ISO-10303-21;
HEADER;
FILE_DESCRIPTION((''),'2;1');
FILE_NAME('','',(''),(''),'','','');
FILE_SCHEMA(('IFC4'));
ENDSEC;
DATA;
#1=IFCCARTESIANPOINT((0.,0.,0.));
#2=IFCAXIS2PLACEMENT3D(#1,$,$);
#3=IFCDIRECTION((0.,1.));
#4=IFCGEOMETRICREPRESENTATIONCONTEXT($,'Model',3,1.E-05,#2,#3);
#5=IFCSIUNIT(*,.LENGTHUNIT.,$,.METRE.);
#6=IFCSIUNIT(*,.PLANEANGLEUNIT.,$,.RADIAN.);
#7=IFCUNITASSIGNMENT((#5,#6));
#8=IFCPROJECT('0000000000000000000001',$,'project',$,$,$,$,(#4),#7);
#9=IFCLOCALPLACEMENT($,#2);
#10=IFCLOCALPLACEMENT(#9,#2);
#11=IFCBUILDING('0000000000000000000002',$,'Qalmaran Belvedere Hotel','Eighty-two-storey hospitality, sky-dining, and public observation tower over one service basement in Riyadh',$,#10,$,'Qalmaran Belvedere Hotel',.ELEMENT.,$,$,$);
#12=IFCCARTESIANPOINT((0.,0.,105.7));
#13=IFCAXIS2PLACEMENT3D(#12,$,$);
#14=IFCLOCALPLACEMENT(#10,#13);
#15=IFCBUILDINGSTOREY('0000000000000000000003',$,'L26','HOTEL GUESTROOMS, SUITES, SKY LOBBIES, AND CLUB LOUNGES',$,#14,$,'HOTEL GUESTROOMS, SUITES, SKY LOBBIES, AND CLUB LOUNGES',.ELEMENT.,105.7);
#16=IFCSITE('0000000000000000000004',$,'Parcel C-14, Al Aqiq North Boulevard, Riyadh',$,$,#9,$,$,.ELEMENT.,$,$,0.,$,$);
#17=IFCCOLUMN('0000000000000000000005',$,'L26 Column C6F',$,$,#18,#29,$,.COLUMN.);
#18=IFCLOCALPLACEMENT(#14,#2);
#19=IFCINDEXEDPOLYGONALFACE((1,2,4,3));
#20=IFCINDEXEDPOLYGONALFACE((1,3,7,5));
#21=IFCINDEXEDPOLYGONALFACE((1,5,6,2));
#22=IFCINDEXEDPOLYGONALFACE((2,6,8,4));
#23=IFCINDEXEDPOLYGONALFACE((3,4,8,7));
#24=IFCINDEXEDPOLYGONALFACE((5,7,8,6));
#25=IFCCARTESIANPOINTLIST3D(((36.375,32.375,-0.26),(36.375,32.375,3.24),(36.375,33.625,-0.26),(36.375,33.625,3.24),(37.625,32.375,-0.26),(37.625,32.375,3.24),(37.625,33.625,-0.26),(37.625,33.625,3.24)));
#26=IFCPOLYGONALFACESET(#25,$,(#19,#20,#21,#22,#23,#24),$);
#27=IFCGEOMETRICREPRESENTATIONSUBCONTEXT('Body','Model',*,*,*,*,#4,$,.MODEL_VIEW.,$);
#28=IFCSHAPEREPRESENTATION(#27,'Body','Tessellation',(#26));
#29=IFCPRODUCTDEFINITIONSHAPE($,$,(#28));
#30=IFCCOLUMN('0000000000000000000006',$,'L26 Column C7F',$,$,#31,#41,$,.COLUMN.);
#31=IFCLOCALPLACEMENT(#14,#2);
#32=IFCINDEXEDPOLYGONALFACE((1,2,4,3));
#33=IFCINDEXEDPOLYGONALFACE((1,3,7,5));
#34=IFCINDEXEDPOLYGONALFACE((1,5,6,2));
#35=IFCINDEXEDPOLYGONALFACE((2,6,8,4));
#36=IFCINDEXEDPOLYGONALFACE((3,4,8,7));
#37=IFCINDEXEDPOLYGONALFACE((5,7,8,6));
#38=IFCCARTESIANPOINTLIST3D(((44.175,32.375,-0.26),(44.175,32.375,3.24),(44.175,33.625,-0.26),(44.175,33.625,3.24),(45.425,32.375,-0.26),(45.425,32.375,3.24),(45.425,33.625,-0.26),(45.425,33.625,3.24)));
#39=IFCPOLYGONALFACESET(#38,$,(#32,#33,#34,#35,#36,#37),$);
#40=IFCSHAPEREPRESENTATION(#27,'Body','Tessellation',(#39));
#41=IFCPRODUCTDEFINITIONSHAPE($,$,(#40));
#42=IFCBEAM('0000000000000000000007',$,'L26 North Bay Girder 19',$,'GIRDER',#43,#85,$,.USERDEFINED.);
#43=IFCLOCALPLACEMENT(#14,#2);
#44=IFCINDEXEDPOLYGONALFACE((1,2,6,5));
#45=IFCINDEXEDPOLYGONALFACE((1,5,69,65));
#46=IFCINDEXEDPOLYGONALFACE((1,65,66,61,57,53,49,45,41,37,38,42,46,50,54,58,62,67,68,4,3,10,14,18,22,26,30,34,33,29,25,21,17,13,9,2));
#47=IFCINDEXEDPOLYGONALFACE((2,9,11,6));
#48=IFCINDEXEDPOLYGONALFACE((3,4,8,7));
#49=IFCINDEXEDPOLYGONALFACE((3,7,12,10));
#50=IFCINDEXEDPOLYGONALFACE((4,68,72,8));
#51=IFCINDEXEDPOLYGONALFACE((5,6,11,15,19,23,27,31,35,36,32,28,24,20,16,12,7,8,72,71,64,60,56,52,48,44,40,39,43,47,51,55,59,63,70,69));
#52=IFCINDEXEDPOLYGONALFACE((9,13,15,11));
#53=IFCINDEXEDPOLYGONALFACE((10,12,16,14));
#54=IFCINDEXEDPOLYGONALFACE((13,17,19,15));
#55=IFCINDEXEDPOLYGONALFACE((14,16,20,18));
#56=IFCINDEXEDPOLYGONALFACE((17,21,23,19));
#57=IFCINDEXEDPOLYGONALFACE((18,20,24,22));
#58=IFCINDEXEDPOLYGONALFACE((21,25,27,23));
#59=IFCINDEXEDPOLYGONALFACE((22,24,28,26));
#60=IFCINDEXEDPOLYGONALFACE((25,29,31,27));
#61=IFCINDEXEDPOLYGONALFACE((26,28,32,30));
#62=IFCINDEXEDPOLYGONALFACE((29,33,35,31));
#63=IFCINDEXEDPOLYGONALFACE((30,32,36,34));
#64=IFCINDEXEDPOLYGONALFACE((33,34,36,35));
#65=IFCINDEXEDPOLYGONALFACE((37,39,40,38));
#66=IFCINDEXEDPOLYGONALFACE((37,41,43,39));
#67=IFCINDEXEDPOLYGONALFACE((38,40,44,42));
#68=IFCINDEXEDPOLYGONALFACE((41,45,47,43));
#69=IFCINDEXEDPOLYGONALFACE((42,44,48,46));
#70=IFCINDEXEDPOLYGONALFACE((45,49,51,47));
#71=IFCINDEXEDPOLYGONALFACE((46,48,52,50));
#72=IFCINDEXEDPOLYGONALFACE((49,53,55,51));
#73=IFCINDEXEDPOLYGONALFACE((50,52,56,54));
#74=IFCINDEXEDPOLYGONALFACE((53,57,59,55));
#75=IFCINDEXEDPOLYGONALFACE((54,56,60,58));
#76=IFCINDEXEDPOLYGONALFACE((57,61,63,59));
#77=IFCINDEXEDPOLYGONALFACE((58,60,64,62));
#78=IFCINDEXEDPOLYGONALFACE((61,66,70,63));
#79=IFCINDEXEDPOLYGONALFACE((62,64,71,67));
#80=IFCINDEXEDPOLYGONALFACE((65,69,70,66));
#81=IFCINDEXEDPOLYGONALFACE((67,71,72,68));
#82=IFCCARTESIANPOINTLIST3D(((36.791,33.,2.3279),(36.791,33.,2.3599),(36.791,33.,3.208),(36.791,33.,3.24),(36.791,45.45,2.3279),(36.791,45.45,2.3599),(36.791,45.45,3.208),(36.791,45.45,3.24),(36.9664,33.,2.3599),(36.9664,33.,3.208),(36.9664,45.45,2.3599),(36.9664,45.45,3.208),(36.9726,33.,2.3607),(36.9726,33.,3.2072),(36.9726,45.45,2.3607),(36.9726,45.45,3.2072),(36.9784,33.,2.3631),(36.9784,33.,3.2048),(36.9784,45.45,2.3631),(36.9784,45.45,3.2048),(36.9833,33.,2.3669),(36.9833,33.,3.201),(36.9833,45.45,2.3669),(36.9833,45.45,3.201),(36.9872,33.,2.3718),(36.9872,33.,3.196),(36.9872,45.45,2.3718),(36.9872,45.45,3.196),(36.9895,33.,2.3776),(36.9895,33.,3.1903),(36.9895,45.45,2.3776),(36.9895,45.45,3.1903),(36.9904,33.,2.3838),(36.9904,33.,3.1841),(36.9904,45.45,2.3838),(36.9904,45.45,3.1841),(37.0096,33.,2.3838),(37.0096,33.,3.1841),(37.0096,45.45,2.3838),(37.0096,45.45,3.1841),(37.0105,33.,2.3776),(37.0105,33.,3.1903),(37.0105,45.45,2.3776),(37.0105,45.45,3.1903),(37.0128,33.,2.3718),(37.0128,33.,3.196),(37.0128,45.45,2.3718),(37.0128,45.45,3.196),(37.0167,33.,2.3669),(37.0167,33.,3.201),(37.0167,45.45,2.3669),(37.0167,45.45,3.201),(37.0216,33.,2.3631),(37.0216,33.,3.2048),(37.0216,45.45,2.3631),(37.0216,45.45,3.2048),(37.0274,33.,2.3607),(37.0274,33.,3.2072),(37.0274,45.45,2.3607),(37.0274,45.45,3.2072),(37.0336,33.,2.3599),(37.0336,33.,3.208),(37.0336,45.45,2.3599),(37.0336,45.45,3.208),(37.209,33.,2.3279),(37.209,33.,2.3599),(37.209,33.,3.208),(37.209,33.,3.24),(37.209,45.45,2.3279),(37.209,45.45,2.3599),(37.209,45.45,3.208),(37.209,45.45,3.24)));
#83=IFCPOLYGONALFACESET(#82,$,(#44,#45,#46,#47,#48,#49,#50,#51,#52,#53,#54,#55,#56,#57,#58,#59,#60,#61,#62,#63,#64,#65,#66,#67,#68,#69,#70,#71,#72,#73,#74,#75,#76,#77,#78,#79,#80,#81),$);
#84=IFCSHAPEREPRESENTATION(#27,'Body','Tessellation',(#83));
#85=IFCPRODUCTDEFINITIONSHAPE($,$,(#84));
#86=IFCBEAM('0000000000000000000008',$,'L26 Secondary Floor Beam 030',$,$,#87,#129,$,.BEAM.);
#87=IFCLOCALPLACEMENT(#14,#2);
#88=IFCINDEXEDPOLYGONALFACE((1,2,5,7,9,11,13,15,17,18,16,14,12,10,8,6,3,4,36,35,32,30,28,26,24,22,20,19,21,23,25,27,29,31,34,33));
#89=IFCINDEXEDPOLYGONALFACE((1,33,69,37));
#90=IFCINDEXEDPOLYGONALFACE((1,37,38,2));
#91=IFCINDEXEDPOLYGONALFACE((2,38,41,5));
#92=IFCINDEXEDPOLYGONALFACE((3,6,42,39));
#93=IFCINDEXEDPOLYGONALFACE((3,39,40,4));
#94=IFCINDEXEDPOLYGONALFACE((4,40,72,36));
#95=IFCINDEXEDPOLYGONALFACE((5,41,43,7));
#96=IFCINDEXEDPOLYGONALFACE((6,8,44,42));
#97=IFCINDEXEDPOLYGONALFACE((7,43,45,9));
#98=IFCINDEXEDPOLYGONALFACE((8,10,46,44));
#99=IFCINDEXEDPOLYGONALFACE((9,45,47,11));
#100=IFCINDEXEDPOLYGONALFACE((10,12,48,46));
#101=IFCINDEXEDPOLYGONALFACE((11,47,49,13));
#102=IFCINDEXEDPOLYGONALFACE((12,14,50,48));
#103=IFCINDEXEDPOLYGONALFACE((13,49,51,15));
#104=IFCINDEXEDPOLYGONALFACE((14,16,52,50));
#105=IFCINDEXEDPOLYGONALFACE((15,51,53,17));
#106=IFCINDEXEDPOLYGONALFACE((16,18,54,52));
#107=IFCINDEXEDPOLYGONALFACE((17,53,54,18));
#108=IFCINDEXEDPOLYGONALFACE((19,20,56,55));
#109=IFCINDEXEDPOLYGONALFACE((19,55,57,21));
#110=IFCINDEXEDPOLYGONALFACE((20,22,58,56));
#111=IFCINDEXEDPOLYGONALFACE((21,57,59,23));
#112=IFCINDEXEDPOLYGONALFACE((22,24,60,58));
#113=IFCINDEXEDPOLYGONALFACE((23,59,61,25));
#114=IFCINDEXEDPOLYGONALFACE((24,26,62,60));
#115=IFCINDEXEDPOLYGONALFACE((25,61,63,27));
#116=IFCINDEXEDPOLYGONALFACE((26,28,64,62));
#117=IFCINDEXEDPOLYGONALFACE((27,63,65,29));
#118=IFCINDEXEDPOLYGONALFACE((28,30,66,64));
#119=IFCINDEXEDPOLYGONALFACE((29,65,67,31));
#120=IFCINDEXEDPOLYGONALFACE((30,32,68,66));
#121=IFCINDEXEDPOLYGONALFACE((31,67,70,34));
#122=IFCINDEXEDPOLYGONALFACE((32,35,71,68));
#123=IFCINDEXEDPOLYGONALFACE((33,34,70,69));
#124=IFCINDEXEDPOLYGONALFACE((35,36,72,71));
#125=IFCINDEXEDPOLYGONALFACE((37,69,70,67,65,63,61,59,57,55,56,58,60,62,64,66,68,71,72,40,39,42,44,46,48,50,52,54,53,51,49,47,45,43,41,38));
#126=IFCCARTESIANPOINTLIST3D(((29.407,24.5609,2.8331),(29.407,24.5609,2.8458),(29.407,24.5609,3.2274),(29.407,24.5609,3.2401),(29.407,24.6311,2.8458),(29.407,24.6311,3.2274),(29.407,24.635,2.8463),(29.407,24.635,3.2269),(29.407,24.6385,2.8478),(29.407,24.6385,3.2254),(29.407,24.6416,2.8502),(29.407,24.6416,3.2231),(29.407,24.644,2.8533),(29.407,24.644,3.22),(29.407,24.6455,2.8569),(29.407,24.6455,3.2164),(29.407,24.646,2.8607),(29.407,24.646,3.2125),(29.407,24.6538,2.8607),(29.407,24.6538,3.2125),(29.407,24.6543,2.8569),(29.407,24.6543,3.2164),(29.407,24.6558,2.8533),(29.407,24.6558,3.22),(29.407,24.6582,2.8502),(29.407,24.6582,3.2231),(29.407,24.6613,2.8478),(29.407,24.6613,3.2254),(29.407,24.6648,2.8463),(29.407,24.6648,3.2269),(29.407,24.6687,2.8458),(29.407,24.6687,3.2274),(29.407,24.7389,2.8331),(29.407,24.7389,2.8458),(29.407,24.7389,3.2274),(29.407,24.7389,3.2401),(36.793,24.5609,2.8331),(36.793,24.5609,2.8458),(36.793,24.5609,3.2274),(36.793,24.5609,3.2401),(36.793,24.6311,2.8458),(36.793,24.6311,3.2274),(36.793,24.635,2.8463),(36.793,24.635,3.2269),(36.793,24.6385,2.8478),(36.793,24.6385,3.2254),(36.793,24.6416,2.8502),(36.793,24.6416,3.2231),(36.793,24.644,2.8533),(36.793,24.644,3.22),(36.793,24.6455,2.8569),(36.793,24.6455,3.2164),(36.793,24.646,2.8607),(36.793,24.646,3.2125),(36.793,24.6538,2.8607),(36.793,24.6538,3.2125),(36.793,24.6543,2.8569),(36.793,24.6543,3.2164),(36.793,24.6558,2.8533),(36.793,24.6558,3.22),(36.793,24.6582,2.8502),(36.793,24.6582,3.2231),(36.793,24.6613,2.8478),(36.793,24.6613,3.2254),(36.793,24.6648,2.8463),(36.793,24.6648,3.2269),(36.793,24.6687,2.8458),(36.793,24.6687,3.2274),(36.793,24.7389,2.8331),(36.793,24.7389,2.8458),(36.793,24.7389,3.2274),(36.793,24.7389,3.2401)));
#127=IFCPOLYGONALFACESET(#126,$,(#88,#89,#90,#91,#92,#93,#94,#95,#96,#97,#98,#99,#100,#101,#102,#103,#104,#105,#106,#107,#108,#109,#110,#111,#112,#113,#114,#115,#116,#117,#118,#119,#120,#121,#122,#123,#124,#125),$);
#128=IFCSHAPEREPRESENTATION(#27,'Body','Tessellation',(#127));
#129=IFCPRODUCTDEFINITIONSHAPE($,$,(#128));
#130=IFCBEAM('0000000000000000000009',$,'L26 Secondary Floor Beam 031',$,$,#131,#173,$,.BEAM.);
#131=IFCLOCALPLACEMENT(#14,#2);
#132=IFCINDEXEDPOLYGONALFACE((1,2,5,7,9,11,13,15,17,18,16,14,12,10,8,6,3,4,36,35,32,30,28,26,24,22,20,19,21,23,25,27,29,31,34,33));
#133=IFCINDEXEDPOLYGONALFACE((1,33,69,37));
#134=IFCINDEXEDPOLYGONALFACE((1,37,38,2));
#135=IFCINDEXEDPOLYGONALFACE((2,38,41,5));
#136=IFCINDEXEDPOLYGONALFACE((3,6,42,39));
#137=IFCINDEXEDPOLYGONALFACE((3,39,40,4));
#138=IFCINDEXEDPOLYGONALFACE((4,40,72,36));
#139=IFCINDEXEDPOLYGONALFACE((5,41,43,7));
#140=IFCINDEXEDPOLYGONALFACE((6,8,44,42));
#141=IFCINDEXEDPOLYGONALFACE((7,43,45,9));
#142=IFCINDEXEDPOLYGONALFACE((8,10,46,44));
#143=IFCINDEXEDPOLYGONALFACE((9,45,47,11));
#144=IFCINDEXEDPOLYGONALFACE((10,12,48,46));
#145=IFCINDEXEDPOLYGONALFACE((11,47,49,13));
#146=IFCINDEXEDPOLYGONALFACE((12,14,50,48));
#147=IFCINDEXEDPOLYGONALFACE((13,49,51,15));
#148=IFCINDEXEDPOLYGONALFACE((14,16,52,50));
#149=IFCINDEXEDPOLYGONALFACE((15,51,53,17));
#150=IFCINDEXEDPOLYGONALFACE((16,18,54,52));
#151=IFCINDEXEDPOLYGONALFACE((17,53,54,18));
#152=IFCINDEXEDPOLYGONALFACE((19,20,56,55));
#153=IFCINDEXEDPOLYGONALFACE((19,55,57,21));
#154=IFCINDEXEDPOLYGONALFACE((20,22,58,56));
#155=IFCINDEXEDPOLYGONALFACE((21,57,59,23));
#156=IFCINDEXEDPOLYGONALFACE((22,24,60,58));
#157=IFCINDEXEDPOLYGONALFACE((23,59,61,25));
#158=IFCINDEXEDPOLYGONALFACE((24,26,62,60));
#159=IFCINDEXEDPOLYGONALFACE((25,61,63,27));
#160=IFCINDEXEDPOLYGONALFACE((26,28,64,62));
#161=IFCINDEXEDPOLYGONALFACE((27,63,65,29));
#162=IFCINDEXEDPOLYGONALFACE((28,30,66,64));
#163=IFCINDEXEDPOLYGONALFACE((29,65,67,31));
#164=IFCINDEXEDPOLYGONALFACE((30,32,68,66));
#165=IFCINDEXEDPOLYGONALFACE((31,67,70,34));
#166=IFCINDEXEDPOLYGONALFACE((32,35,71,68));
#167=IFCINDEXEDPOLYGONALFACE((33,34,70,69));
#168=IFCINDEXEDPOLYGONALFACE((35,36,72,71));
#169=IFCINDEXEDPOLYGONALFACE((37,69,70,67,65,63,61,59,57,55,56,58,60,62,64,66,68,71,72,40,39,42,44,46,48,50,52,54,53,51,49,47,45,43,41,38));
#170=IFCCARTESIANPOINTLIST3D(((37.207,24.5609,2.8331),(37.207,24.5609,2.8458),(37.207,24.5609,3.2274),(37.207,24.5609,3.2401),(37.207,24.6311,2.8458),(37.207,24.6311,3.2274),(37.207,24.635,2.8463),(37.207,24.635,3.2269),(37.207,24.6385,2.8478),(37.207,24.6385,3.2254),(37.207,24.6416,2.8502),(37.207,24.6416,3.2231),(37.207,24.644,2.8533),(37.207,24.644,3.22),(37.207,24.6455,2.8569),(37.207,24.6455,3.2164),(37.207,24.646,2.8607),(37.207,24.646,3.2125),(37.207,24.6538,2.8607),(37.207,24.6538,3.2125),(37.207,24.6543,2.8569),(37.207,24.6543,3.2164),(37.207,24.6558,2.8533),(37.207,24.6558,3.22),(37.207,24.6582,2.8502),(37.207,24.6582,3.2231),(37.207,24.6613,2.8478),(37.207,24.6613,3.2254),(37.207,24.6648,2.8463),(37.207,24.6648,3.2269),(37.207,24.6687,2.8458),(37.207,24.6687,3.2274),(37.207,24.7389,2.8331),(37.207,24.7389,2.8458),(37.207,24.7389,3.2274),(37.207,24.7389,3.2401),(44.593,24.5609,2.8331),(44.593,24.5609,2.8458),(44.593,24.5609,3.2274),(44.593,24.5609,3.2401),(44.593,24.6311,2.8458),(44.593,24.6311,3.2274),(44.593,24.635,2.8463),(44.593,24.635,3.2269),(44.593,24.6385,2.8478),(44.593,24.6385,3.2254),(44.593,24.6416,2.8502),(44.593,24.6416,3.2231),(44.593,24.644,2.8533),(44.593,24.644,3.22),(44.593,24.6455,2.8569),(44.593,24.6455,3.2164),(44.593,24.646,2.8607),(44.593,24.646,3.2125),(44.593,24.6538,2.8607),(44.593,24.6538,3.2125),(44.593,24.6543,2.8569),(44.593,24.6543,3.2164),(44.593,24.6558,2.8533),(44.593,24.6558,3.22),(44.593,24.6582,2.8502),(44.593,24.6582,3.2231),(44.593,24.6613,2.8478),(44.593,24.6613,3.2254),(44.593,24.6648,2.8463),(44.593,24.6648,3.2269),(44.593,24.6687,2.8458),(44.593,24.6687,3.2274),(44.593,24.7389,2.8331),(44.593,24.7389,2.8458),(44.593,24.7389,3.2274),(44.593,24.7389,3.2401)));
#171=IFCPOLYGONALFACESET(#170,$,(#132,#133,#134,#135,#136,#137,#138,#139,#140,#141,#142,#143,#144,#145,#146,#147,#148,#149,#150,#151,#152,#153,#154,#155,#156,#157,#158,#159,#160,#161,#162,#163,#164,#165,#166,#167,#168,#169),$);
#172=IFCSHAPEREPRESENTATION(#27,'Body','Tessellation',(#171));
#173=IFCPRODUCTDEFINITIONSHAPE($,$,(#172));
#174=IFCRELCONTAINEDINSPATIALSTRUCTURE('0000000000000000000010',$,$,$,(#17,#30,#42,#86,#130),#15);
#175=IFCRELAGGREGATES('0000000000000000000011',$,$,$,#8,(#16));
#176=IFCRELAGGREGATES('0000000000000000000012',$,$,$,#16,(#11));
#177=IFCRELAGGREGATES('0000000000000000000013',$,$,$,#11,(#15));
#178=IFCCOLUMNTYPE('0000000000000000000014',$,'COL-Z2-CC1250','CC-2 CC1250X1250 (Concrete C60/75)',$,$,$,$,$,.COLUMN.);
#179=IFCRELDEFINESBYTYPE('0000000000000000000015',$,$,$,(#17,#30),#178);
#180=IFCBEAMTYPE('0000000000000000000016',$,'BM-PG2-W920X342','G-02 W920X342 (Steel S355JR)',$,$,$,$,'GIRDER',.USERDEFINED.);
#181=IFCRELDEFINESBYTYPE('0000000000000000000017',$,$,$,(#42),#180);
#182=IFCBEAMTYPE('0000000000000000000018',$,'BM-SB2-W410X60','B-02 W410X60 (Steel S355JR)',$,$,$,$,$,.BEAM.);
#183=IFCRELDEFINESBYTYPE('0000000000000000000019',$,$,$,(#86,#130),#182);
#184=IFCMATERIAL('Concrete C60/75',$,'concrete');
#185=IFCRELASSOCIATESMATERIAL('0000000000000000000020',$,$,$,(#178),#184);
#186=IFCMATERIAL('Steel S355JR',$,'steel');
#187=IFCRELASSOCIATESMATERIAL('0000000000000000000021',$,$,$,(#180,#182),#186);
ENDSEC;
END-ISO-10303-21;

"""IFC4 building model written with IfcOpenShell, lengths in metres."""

from ifc_helpers import new_model, si_unit, direction, frame, origin, origin_2d, place, context, subcontext, project, spatial, rectangle, i_section, extrude, material, material_profile, profile_set, type_object, element, save


model = new_model("IFC4")

# Units and contexts
model_context = context("Model", 3, precision=1e-05, world=origin(), true_north=direction((0.0, 1.0)))
body_context = subcontext(model_context, "Body", "Model", "MODEL_VIEW")
ifc_project = project(units=[si_unit("LENGTHUNIT", "METRE"), si_unit("PLANEANGLEUNIT", "RADIAN")], contexts=[model_context])

# Site, building, storey
site_placement = place(None, origin())
site = spatial("IfcSite", under=ifc_project, at=site_placement, Name="Parcel C-14, Al Aqiq North Boulevard, Riyadh", CompositionType="ELEMENT", RefElevation=0.0)
building_placement = place(site_placement, origin())
building = spatial("IfcBuilding", under=site, at=building_placement, Name="Qalmaran Belvedere Hotel", Description="Eighty-two-storey hospitality, sky-dining, and public observation tower over one service basement in Riyadh", LongName="Qalmaran Belvedere Hotel", CompositionType="ELEMENT")
storey_placement = place(building_placement, frame((0.0, 0.0, 105.7)))
storey = spatial("IfcBuildingStorey", under=building, at=storey_placement, Name="L26", Description="HOTEL GUESTROOMS, SUITES, SKY LOBBIES, AND CLUB LOUNGES", LongName="HOTEL GUESTROOMS, SUITES, SKY LOBBIES, AND CLUB LOUNGES", CompositionType="ELEMENT", Elevation=105.7)

# Columns
ifc_material_1 = material(Name="Concrete C60/75", Category="concrete")
ifc_material_profile_1 = material_profile(ifc_material_1, rectangle(XDim=1.25, YDim=1.25, at=origin_2d()), Name="CC1250X1250")
ifc_profile_set_1 = profile_set([ifc_material_profile_1], Name="Concrete C60/75")
column_type = type_object("IfcColumnType", Name="COL-Z2-CC1250", Description="CC-2 CC1250X1250 (Concrete C60/75)", PredefinedType="COLUMN", material=ifc_profile_set_1)
for number, where, z_axis, x_axis, name in (
    (1, (37.0, 33.0, -0.26), (0.0, 0.0, 1.0), (1.0, 0.0, 0.0), "L26 Column C6F"),
    (2, (44.8, 33.0, -0.26), (0.0, 0.0, 1.0), (1.0, 0.0, 0.0), "L26 Column C7F"),
):
    element("IfcColumn", number, at=place(storey_placement, frame(where, z_axis=z_axis, x_axis=x_axis)), inside=storey, type_object=column_type, Name=name, PredefinedType="COLUMN", context=body_context, shape_type="SweptSolid", body=[
        extrude(rectangle(XDim=1.25, YDim=1.25, at=origin_2d()), origin(), (0.0, 0.0, 1.0), 3.5),
    ])

# Beams
ifc_material_2 = material(Name="Steel S355JR", Category="steel")
ifc_material_profile_2 = material_profile(ifc_material_2, i_section(OverallWidth=0.418, OverallDepth=0.9121, WebThickness=0.0193, FlangeThickness=0.032, FilletRadius=0.0239, at=origin_2d()), Name="W920X342")
ifc_profile_set_2 = profile_set([ifc_material_profile_2], Name="Steel S355JR")
beam_type_1 = type_object("IfcBeamType", Name="BM-PG2-W920X342", Description="G-02 W920X342 (Steel S355JR)", ElementType="GIRDER", PredefinedType="USERDEFINED", material=ifc_profile_set_2)
beam_1_placement = place(storey_placement, frame((37.0, 33.0, 2.7839), z_axis=(0.0, 1.0, 0.0), x_axis=(-1.0, 0.0, 0.0)))
element("IfcBeam", 3, at=beam_1_placement, inside=storey, type_object=beam_type_1, Name="L26 North Bay Girder 19", ObjectType="GIRDER", PredefinedType="USERDEFINED", context=body_context, shape_type="SweptSolid", body=[
    extrude(i_section(OverallWidth=0.418, OverallDepth=0.9121, WebThickness=0.0193, FlangeThickness=0.032, FilletRadius=0.0239, at=origin_2d()), origin(), (0.0, 0.0, 1.0), 12.45),
])
ifc_material_profile_3 = material_profile(ifc_material_2, i_section(OverallWidth=0.178, OverallDepth=0.407, WebThickness=0.0078, FlangeThickness=0.0127, FilletRadius=0.0149, at=origin_2d()), Name="W410X60")
ifc_profile_set_3 = profile_set([ifc_material_profile_3], Name="Steel S355JR")
beam_type_2 = type_object("IfcBeamType", Name="BM-SB2-W410X60", Description="B-02 W410X60 (Steel S355JR)", PredefinedType="BEAM", material=ifc_profile_set_3)
for number, where, z_axis, x_axis, name in (
    (4, (29.407, 24.6499, 3.0366), (1.0, 0.0, 0.0), (0.0, 1.0, 0.0), "L26 Secondary Floor Beam 030"),
    (5, (37.207, 24.6499, 3.0366), (1.0, 0.0, 0.0), (0.0, 1.0, 0.0), "L26 Secondary Floor Beam 031"),
):
    element("IfcBeam", number, at=place(storey_placement, frame(where, z_axis=z_axis, x_axis=x_axis)), inside=storey, type_object=beam_type_2, Name=name, PredefinedType="BEAM", context=body_context, shape_type="SweptSolid", body=[
        extrude(i_section(OverallWidth=0.178, OverallDepth=0.407, WebThickness=0.0078, FlangeThickness=0.0127, FilletRadius=0.0149, at=origin_2d()), origin(), (0.0, 0.0, 1.0), 7.386),
    ])

save(model, "model.ifc")
